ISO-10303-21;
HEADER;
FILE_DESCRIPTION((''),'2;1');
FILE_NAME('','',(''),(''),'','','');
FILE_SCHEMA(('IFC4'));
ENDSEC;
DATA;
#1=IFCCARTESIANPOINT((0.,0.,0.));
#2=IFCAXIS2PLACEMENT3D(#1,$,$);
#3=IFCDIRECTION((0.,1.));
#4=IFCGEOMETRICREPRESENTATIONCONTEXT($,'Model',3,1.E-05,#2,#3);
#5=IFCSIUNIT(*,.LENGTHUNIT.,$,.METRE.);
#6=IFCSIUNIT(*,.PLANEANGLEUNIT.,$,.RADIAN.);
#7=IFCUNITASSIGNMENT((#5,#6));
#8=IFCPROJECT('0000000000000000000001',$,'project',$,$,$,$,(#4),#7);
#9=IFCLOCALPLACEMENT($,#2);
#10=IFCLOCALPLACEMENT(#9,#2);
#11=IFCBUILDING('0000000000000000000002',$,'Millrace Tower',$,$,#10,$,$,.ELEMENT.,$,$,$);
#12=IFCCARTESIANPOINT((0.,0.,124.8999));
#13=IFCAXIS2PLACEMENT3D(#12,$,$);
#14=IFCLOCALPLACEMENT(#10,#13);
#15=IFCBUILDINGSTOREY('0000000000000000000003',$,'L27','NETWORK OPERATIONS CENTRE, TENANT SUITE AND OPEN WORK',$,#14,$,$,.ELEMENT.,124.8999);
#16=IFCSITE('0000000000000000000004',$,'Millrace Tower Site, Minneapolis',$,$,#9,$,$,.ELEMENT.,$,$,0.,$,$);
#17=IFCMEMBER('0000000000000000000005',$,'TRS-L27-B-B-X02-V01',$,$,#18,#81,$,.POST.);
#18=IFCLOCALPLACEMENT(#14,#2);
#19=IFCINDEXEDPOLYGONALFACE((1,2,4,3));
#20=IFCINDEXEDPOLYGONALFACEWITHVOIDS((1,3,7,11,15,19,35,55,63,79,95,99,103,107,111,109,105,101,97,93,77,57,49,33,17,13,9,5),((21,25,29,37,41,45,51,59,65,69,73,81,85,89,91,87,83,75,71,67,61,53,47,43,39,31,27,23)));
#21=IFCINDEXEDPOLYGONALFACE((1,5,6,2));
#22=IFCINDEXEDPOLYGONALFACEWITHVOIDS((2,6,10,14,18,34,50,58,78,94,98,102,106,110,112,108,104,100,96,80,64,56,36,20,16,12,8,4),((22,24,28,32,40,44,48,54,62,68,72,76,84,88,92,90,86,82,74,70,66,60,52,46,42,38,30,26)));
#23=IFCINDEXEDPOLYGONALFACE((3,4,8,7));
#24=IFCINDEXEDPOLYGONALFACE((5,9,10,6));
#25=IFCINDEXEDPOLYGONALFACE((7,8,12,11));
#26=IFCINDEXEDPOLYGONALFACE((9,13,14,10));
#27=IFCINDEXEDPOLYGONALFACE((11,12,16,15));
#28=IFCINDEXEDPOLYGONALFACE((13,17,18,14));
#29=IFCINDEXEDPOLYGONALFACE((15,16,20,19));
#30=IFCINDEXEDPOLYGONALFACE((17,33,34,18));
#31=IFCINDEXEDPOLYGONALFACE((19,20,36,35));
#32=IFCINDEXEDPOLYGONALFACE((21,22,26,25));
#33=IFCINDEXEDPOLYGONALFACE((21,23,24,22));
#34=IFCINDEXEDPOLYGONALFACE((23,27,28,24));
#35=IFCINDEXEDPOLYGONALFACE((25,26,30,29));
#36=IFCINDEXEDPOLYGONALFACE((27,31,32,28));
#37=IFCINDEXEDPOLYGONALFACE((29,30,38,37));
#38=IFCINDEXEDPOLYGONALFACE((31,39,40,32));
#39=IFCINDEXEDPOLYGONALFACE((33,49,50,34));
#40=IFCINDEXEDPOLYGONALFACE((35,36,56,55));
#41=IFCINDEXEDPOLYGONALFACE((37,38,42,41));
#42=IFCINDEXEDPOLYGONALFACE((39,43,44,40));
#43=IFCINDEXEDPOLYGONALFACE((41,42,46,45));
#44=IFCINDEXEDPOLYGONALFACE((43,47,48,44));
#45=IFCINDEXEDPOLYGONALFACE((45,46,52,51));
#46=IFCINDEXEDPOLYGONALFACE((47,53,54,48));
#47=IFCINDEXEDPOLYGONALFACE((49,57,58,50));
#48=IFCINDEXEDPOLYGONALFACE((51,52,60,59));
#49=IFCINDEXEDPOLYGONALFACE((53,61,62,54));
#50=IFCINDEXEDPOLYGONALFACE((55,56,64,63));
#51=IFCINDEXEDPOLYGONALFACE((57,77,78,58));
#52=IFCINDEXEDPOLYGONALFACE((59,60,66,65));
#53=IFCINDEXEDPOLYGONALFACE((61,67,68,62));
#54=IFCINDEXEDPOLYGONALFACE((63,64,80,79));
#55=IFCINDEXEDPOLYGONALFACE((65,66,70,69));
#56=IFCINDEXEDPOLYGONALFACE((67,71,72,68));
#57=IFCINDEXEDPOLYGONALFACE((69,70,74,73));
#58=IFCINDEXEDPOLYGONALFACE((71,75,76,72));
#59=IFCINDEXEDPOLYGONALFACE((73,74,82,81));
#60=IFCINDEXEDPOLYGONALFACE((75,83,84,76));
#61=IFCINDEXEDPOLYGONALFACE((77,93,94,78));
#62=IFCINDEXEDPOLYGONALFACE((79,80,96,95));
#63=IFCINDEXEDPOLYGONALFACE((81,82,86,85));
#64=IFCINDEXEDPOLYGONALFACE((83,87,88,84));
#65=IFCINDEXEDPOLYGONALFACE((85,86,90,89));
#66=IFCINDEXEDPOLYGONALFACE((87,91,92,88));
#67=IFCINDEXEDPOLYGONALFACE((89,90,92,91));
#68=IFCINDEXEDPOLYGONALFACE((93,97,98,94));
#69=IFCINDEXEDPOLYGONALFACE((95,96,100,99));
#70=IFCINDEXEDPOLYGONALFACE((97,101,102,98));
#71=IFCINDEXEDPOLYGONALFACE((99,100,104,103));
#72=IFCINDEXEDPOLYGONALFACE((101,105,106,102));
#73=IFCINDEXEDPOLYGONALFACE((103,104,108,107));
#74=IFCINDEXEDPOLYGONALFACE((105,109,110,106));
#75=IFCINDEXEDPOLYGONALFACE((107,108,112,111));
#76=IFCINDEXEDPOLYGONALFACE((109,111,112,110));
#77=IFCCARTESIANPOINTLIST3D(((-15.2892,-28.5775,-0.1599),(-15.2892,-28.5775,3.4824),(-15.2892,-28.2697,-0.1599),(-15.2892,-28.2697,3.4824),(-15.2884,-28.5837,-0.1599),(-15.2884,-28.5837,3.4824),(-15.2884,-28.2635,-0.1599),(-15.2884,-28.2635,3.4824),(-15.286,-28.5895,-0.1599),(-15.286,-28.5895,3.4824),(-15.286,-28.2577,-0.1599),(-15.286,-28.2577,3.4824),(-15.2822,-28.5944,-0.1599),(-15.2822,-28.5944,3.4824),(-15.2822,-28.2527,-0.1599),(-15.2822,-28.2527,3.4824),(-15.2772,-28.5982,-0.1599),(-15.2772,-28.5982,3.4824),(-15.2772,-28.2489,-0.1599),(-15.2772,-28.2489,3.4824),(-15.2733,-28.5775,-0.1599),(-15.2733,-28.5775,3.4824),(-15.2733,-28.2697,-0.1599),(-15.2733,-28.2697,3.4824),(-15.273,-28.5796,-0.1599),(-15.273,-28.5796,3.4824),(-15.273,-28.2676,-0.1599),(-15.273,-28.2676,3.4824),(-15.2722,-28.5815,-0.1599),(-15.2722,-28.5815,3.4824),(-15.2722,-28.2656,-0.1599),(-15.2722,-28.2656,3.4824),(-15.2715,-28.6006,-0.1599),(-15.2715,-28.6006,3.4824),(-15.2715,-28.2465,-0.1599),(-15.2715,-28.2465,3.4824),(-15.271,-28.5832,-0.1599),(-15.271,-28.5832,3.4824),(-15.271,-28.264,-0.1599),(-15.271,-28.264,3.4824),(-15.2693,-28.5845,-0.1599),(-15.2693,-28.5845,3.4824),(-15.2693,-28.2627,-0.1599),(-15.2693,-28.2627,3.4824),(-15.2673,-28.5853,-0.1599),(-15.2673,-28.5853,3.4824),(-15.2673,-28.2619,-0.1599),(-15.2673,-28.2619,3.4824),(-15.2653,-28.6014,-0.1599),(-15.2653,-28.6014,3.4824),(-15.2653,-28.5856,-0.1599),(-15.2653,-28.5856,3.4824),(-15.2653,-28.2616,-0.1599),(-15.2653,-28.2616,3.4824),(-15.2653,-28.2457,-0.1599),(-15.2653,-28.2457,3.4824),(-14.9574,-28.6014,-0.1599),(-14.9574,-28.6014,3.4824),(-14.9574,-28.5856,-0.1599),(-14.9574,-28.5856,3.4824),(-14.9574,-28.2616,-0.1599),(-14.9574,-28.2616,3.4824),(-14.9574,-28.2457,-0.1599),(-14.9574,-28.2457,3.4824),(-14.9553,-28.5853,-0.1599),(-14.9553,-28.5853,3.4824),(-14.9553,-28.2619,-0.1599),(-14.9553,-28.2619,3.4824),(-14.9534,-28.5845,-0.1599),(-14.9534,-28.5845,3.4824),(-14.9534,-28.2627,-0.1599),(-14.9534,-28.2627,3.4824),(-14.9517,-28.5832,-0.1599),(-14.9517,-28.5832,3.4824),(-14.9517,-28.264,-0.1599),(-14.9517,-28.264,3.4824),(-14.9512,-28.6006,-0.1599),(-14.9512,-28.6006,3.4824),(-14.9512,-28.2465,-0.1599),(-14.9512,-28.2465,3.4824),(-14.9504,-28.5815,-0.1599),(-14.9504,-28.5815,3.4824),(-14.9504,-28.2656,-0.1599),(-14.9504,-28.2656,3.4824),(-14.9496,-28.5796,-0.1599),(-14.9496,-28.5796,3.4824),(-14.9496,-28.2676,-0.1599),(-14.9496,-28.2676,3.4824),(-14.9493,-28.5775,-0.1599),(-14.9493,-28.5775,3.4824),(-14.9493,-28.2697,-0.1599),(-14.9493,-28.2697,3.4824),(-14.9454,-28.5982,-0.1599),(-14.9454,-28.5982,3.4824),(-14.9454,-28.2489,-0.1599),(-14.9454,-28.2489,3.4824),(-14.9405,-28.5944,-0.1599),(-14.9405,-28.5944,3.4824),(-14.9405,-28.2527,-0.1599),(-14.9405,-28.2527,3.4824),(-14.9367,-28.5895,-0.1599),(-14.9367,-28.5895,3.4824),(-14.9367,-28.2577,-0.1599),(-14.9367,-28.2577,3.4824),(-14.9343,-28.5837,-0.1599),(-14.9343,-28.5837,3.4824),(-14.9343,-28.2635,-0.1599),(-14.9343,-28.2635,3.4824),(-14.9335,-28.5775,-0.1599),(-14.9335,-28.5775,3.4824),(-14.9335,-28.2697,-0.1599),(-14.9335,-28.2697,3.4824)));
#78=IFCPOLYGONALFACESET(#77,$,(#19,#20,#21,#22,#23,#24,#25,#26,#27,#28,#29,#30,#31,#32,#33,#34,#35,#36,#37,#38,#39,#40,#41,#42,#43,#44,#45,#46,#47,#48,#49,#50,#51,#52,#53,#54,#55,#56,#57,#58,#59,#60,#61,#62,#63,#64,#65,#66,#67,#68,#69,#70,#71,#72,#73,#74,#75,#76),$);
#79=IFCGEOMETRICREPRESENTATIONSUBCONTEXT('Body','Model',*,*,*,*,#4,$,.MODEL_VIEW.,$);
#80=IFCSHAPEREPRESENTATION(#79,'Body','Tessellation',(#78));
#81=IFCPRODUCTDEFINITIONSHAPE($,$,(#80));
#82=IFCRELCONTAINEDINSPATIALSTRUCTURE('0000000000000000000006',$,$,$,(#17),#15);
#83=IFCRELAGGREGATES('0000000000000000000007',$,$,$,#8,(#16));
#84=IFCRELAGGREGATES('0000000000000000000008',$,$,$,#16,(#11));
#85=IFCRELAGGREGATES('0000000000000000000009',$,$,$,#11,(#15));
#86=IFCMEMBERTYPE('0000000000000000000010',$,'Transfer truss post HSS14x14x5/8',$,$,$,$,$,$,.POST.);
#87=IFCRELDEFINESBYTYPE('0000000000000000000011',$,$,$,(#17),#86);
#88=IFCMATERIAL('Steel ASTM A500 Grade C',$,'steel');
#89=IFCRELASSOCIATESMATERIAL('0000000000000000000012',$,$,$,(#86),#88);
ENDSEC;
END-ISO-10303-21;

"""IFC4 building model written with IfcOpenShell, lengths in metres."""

from ifc_helpers import new_model, si_unit, direction, frame, origin, origin_2d, place, context, subcontext, project, spatial, hollow_rectangle, extrude, material, material_profile, profile_set, type_object, element, save


model = new_model("IFC4")

# Units and contexts
model_context = context("Model", 3, precision=1e-05, world=origin(), true_north=direction((0.0, 1.0)))
body_context = subcontext(model_context, "Body", "Model", "MODEL_VIEW")
ifc_project = project(units=[si_unit("LENGTHUNIT", "METRE"), si_unit("PLANEANGLEUNIT", "RADIAN")], contexts=[model_context])

# Site, building, storey
site_placement = place(None, origin())
site = spatial("IfcSite", under=ifc_project, at=site_placement, Name="Millrace Tower Site, Minneapolis", CompositionType="ELEMENT", RefElevation=0.0)
building_placement = place(site_placement, origin())
building = spatial("IfcBuilding", under=site, at=building_placement, Name="Millrace Tower", CompositionType="ELEMENT")
storey_placement = place(building_placement, frame((0.0, 0.0, 124.8999)))
storey = spatial("IfcBuildingStorey", under=building, at=storey_placement, Name="L27", Description="NETWORK OPERATIONS CENTRE, TENANT SUITE AND OPEN WORK", CompositionType="ELEMENT", Elevation=124.8999)

# Member
ifc_material_1 = material(Name="Steel ASTM A500 Grade C", Category="steel")
ifc_material_profile_1 = material_profile(ifc_material_1, hollow_rectangle(XDim=0.3557, YDim=0.3557, WallThickness=0.0159, InnerFilletRadius=0.0081, OuterFilletRadius=0.0239, at=origin_2d()))
ifc_profile_set_1 = profile_set([ifc_material_profile_1], Name="Steel ASTM A500 Grade C")
member_type_1 = type_object("IfcMemberType", Name="Transfer truss post HSS14x14x5/8", PredefinedType="POST", material=ifc_profile_set_1)
for number, where, z_axis, x_axis, name in (
    (1, (-15.1113, -28.4236, -0.1599), (0.0, 0.0, 1.0), (1.0, 0.0, 0.0), "TRS-L27-B-B-X02-V01"),
):
    element("IfcMember", number, at=place(storey_placement, frame(where, z_axis=z_axis, x_axis=x_axis)), inside=storey, type_object=member_type_1, Name=name, PredefinedType="POST", context=body_context, shape_type="SweptSolid", body=[
        extrude(hollow_rectangle(XDim=0.3557, YDim=0.3557, WallThickness=0.0159, InnerFilletRadius=0.0081, OuterFilletRadius=0.0239, at=origin_2d()), origin(), (0.0, 0.0, 1.0), 3.6423),
    ])

save(model, "model.ifc")
